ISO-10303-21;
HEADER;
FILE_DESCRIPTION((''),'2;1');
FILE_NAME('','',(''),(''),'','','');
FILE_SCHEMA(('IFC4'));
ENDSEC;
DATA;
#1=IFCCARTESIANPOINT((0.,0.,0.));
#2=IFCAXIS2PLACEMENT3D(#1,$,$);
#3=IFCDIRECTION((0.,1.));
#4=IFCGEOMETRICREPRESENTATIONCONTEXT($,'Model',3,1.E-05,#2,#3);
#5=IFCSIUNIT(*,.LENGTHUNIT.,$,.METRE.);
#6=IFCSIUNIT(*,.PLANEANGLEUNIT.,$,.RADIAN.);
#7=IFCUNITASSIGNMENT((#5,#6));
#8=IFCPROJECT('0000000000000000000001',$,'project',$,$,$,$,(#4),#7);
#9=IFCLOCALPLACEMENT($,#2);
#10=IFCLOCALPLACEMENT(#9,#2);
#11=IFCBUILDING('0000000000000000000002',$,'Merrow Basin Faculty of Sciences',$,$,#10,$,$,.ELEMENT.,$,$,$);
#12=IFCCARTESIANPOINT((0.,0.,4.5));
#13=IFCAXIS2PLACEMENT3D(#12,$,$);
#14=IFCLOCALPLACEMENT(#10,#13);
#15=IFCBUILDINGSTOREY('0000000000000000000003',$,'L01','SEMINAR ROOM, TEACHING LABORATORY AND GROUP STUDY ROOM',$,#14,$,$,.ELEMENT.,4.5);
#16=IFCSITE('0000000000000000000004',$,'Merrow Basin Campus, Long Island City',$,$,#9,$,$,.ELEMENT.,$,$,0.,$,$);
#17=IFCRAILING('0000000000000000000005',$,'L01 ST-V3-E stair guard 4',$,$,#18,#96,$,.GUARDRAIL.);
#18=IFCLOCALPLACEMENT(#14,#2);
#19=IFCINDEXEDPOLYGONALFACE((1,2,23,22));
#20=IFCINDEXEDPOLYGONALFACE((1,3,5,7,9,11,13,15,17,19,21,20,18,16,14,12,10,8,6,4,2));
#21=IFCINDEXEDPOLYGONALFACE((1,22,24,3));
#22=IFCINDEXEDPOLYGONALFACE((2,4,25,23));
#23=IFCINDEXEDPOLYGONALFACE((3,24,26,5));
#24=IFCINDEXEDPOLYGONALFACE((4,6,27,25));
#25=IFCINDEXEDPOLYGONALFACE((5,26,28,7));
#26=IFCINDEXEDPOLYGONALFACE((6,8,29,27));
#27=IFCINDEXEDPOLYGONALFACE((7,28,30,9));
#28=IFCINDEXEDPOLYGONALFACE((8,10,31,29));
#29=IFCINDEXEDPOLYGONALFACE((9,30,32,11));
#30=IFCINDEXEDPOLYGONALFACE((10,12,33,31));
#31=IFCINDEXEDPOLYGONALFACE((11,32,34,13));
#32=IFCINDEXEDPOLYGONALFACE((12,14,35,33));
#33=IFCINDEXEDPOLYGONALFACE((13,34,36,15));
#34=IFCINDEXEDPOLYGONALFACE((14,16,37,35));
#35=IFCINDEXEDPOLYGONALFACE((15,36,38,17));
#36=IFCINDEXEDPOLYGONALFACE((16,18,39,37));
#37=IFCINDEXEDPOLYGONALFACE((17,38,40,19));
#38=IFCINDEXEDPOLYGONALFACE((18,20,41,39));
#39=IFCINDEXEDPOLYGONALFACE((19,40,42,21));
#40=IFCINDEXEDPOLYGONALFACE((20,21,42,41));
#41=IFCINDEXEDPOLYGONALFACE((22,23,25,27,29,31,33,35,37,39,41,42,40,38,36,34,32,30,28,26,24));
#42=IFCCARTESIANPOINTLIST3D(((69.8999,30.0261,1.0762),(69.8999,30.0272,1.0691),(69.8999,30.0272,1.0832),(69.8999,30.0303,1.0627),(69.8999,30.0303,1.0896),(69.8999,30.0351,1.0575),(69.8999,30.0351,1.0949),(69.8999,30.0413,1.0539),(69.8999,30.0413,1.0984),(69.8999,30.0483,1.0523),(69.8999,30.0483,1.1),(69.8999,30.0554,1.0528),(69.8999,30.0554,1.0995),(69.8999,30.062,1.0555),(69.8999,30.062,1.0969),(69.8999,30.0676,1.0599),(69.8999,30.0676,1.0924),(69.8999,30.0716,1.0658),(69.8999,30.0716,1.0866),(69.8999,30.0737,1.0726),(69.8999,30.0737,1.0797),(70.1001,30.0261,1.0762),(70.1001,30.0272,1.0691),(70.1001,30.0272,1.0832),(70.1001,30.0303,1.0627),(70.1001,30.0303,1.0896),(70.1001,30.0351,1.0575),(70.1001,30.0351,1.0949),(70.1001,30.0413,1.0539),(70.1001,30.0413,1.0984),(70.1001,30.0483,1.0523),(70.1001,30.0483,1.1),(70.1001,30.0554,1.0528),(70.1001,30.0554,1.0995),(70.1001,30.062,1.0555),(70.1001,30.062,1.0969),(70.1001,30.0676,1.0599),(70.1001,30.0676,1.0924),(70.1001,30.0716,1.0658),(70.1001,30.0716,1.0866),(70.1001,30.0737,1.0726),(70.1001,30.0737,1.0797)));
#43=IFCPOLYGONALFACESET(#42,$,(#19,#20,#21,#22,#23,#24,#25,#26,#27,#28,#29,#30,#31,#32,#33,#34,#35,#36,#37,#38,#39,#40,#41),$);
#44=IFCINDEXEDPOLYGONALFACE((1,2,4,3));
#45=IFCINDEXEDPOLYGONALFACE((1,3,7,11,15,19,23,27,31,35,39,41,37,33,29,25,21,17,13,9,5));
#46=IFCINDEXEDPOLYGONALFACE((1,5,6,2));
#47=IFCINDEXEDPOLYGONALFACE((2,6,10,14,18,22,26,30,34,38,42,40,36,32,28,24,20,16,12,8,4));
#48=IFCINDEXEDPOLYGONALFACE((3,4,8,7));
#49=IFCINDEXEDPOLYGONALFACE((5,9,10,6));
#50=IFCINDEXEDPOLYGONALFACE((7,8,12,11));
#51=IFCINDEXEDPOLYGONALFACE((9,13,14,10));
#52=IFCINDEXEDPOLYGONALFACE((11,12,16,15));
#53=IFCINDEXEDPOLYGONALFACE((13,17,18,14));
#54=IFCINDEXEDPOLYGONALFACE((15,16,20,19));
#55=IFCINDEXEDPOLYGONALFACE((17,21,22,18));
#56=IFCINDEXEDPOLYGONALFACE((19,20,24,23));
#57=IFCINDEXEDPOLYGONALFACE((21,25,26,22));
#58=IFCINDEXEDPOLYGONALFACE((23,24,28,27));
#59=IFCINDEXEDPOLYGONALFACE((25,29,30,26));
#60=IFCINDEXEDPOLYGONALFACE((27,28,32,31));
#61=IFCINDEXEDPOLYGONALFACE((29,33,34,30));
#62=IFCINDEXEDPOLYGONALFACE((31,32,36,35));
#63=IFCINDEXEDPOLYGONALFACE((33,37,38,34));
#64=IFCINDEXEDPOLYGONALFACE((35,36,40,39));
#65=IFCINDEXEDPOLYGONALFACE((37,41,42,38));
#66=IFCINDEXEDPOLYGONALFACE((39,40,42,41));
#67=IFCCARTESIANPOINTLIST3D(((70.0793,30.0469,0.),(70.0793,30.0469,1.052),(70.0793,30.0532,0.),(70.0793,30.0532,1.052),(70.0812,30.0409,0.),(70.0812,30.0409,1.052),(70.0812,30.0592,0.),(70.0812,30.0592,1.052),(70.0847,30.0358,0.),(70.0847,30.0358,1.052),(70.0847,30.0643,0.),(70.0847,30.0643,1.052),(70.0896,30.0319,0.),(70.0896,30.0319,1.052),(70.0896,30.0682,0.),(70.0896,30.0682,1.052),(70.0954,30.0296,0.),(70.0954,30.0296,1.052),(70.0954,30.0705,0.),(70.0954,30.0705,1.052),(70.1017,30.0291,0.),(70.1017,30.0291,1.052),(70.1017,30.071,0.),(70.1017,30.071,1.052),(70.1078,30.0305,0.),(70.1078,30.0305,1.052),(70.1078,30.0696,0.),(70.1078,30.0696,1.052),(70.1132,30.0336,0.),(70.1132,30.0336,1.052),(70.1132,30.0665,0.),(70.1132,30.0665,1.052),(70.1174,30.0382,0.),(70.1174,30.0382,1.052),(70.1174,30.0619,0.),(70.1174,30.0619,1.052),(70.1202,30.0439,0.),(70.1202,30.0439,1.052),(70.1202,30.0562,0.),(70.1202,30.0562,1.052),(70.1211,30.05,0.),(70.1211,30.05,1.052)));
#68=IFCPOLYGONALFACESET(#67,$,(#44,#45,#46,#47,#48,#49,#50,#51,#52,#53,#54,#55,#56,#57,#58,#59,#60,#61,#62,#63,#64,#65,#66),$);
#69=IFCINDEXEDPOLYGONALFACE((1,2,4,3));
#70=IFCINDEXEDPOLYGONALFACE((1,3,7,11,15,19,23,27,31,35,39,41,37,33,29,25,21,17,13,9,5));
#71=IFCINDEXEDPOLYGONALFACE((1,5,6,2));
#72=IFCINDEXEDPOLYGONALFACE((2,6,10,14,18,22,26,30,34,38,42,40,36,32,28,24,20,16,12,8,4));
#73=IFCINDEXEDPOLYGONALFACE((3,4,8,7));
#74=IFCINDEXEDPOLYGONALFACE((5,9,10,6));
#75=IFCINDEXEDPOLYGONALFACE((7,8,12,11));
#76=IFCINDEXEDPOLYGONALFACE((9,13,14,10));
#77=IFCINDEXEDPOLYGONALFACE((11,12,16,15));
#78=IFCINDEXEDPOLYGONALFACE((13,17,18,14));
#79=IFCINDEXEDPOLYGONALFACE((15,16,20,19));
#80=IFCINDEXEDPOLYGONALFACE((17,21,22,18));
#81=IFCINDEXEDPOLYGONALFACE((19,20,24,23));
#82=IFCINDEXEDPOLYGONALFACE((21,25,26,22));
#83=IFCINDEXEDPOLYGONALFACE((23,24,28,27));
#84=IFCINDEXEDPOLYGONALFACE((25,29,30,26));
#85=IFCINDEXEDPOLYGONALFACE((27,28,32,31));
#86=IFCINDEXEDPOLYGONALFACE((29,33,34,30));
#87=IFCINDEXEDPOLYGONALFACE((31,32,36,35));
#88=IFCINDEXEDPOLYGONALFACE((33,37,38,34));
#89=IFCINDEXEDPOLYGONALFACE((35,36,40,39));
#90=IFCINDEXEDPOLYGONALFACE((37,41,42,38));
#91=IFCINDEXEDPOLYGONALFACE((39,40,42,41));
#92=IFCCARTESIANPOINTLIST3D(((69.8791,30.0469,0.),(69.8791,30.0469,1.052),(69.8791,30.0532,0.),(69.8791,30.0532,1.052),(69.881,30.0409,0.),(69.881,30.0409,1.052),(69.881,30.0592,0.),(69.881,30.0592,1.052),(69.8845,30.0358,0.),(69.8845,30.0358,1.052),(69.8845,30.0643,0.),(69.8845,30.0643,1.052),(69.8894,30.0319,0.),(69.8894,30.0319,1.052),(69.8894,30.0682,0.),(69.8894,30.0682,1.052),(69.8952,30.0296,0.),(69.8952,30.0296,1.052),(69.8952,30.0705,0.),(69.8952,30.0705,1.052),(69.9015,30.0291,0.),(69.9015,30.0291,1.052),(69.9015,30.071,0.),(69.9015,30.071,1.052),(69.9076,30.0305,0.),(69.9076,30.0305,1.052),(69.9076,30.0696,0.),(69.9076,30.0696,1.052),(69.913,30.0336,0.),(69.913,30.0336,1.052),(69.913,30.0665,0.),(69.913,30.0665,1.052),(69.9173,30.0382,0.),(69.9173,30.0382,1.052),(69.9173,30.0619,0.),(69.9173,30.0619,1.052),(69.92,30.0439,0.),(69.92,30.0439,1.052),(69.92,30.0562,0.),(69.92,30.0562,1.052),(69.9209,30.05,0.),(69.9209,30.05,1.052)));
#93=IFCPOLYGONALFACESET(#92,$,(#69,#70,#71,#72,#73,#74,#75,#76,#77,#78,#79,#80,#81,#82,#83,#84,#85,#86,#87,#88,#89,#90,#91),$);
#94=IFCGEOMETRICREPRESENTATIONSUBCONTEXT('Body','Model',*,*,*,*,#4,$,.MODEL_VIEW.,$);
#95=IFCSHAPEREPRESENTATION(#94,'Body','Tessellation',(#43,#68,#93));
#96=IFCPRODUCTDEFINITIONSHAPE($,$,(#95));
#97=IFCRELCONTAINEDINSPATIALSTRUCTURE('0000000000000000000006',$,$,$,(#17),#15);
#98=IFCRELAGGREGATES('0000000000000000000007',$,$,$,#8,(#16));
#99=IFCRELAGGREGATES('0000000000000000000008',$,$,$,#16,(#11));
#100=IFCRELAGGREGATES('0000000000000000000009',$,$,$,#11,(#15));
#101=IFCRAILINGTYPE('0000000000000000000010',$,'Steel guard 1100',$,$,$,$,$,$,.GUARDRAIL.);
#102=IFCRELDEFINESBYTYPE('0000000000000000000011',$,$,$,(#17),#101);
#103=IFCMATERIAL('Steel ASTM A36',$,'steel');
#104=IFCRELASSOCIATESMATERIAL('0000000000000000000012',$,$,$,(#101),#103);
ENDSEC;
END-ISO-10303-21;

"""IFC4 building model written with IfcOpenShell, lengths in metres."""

from ifc_helpers import new_model, si_unit, direction, frame, origin, origin_2d, place, context, subcontext, project, spatial, circle, extrude, material, type_object, element, save


model = new_model("IFC4")

# Units and contexts
model_context = context("Model", 3, precision=1e-05, world=origin(), true_north=direction((0.0, 1.0)))
body_context = subcontext(model_context, "Body", "Model", "MODEL_VIEW")
ifc_project = project(units=[si_unit("LENGTHUNIT", "METRE"), si_unit("PLANEANGLEUNIT", "RADIAN")], contexts=[model_context])

# Site, building, storey
site_placement = place(None, origin())
site = spatial("IfcSite", under=ifc_project, at=site_placement, Name="Merrow Basin Campus, Long Island City", CompositionType="ELEMENT", RefElevation=0.0)
building_placement = place(site_placement, origin())
building = spatial("IfcBuilding", under=site, at=building_placement, Name="Merrow Basin Faculty of Sciences", CompositionType="ELEMENT")
storey_placement = place(building_placement, frame((0.0, 0.0, 4.5)))
storey = spatial("IfcBuildingStorey", under=building, at=storey_placement, Name="L01", Description="SEMINAR ROOM, TEACHING LABORATORY AND GROUP STUDY ROOM", CompositionType="ELEMENT", Elevation=4.5)

# Railing
ifc_material_1 = material(Name="Steel ASTM A36", Category="steel")
railing_type_1 = type_object("IfcRailingType", Name="Steel guard 1100", PredefinedType="GUARDRAIL", material=ifc_material_1)
railing_1_placement = place(storey_placement, frame((70.1001, 30.05, 0.0)))
element("IfcRailing", 1, at=railing_1_placement, inside=storey, type_object=railing_type_1, Name="L01 ST-V3-E stair guard 4", PredefinedType="GUARDRAIL", context=body_context, shape_type="SweptSolid", body=[
    extrude(circle(Radius=0.0239, at=origin_2d()), frame((0.0, 0.0, 1.0762), z_axis=(-1.0, 0.0, 0.0), x_axis=(0.0, -1.0, 0.0)), (0.0, 0.0, 1.0), 0.2002),
    extrude(circle(Radius=0.021, at=origin_2d()), origin(), (0.0, 0.0, 1.0), 1.052),
    extrude(circle(Radius=0.021, at=origin_2d()), frame((-0.2002, 0.0, 0.0)), (0.0, 0.0, 1.0), 1.052),
])

save(model, "model.ifc")
